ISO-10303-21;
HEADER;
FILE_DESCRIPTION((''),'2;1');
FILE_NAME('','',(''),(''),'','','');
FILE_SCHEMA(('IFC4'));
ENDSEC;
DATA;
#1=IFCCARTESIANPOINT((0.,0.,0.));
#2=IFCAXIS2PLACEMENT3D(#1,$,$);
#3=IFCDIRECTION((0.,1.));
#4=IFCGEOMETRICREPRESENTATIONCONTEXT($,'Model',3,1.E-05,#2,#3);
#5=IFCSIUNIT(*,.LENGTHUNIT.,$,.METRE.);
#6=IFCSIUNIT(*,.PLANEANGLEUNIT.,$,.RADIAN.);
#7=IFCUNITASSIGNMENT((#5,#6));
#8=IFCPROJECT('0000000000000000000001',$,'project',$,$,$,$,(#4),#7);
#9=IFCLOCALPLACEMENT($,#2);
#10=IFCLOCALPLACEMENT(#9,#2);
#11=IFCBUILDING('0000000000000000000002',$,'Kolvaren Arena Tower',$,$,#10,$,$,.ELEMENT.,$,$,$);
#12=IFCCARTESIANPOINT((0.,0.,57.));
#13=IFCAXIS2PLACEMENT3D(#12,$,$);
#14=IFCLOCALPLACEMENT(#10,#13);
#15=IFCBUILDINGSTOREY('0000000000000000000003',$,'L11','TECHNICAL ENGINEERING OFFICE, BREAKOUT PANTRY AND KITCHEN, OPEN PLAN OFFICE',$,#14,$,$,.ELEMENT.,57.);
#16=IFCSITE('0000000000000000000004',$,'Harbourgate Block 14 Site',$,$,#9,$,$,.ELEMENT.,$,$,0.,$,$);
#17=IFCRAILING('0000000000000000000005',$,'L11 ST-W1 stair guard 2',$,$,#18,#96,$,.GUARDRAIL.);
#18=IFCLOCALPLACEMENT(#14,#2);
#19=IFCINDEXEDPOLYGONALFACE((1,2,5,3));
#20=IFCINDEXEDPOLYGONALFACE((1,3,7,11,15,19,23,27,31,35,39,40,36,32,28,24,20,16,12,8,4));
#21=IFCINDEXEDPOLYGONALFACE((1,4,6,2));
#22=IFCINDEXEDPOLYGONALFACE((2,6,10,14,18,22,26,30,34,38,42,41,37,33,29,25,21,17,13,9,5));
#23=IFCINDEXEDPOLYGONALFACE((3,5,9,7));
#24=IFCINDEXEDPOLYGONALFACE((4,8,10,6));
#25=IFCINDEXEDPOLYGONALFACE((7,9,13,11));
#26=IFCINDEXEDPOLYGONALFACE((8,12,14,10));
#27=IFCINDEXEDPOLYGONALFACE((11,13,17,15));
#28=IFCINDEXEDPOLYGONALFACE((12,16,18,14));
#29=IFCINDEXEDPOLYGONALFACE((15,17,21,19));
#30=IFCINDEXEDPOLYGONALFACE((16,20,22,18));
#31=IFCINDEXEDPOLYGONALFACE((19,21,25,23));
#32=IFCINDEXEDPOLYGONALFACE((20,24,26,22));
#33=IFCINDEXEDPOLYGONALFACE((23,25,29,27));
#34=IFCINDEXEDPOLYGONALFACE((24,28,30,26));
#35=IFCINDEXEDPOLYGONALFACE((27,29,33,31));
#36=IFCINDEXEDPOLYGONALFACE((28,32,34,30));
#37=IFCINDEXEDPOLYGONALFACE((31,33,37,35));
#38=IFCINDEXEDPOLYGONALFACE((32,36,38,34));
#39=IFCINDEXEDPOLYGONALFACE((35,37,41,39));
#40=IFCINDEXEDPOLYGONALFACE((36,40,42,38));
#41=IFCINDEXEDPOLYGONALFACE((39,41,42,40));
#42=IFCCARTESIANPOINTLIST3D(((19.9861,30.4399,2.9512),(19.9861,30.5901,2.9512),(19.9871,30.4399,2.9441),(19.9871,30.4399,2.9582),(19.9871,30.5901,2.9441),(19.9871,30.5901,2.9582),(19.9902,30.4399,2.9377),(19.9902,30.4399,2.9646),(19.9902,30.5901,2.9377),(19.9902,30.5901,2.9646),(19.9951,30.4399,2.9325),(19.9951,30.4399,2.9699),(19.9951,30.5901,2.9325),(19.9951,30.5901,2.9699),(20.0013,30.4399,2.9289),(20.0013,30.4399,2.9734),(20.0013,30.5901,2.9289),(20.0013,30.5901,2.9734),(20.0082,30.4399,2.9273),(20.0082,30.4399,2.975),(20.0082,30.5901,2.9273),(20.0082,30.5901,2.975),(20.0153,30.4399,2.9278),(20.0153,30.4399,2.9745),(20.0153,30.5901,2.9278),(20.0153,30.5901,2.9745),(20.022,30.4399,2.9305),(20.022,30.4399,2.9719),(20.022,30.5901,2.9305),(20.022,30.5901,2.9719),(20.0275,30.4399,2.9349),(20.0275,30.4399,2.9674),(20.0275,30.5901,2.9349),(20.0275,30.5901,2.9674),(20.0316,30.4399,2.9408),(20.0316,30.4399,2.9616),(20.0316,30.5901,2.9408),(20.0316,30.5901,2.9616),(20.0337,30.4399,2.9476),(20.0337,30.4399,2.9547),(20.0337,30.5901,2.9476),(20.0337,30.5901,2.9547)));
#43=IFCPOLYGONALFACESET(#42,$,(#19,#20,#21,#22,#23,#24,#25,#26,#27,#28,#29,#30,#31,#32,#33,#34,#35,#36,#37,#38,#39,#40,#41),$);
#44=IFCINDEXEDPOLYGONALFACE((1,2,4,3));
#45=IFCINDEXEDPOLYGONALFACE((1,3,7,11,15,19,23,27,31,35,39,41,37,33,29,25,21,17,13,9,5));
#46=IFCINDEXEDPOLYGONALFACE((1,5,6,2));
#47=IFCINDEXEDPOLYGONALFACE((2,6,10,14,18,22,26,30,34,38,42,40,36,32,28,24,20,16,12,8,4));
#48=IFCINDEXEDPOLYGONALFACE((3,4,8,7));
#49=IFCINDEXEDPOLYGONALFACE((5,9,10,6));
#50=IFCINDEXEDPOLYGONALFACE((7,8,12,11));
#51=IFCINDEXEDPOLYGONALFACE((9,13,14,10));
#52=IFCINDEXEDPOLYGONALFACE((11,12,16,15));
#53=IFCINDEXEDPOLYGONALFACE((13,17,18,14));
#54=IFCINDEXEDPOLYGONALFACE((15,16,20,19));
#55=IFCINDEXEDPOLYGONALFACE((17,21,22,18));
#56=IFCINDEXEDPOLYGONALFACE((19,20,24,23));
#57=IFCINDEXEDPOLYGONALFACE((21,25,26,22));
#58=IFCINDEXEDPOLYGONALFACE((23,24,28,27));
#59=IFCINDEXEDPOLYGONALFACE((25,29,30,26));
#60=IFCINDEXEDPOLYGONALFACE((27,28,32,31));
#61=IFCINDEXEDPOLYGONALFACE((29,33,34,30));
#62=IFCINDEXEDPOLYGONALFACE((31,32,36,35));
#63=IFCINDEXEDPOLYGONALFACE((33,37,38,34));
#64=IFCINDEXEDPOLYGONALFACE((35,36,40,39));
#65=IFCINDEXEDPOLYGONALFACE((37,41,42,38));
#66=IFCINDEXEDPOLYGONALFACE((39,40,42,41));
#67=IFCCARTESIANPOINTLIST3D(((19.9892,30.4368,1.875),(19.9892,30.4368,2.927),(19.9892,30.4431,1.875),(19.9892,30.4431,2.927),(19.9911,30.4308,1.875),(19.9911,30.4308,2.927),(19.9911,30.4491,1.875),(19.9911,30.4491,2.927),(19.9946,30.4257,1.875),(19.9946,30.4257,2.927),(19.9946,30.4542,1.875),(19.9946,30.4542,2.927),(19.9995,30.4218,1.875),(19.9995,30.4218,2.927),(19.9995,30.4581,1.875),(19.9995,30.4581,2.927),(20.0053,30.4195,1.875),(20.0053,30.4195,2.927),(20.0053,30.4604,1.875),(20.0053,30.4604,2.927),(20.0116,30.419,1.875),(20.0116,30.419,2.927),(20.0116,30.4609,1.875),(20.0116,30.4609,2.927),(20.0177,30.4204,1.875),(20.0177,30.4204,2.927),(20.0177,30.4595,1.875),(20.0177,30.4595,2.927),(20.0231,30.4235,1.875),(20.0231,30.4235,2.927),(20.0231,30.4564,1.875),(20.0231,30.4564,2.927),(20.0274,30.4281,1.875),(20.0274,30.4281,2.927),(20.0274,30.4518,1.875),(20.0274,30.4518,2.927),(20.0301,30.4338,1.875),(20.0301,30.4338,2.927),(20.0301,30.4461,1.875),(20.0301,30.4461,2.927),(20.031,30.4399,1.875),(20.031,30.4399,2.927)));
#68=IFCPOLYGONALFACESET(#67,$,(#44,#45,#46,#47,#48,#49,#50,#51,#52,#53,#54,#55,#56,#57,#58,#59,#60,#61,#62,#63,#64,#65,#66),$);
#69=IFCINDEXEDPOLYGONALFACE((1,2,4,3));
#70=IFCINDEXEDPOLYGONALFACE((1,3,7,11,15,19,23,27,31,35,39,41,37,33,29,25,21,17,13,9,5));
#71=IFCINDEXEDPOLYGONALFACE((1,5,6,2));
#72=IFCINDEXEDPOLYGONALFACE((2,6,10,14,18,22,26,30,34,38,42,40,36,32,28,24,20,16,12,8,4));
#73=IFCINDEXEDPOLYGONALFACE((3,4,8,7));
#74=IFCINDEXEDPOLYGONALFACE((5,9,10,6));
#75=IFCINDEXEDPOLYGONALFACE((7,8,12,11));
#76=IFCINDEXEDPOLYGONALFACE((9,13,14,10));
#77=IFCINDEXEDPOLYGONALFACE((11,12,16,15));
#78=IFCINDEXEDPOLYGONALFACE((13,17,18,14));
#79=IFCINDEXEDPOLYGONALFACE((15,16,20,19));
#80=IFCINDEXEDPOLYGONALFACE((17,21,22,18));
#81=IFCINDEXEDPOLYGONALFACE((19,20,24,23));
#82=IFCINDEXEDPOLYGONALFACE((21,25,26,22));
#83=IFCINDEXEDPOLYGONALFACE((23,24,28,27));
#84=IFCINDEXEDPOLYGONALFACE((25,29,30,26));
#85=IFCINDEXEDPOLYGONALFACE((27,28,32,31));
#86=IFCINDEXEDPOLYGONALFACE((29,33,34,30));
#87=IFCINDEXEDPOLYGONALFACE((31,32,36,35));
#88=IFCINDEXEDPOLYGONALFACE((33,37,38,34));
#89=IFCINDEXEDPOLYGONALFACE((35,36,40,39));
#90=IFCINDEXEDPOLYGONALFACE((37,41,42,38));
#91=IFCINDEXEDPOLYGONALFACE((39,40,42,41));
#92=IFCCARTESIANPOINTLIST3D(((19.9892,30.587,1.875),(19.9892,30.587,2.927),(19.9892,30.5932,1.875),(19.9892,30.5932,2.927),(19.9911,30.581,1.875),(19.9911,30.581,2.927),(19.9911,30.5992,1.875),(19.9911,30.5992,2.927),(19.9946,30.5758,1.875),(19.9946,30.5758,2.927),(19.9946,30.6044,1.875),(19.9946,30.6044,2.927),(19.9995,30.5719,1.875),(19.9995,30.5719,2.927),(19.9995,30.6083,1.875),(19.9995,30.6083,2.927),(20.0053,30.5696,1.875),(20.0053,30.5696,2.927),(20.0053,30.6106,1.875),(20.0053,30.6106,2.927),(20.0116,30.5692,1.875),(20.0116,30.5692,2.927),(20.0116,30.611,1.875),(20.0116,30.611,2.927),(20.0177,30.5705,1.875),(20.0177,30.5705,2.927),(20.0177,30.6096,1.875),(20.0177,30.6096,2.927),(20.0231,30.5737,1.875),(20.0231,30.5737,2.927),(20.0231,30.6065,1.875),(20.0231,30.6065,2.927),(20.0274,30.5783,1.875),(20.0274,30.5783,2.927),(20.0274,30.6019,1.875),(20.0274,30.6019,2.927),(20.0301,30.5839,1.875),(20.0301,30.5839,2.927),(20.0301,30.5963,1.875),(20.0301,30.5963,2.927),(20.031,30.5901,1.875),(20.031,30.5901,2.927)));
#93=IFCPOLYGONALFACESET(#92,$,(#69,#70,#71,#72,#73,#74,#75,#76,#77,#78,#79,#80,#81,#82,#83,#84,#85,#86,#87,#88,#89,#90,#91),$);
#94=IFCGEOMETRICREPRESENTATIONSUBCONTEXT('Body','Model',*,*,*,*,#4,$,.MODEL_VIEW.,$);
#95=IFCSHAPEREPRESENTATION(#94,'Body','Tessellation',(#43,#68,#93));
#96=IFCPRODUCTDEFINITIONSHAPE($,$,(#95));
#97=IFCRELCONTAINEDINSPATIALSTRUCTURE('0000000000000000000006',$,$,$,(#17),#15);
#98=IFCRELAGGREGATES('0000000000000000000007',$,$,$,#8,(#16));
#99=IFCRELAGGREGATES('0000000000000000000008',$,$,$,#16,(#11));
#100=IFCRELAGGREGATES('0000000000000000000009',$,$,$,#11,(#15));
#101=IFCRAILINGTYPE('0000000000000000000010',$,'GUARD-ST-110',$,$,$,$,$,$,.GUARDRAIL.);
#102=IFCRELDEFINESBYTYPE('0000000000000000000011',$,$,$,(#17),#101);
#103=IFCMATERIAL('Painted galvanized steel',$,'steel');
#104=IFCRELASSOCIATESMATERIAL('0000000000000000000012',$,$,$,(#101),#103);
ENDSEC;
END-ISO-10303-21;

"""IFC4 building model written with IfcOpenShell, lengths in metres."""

from ifc_helpers import new_model, si_unit, direction, frame, origin, origin_2d, place, context, subcontext, project, spatial, circle, extrude, material, type_object, element, save


model = new_model("IFC4")

# Units and contexts
model_context = context("Model", 3, precision=1e-05, world=origin(), true_north=direction((0.0, 1.0)))
body_context = subcontext(model_context, "Body", "Model", "MODEL_VIEW")
ifc_project = project(units=[si_unit("LENGTHUNIT", "METRE"), si_unit("PLANEANGLEUNIT", "RADIAN")], contexts=[model_context])

# Site, building, storey
site_placement = place(None, origin())
site = spatial("IfcSite", under=ifc_project, at=site_placement, Name="Harbourgate Block 14 Site", CompositionType="ELEMENT", RefElevation=0.0)
building_placement = place(site_placement, origin())
building = spatial("IfcBuilding", under=site, at=building_placement, Name="Kolvaren Arena Tower", CompositionType="ELEMENT")
storey_placement = place(building_placement, frame((0.0, 0.0, 57.0)))
storey = spatial("IfcBuildingStorey", under=building, at=storey_placement, Name="L11", Description="TECHNICAL ENGINEERING OFFICE, BREAKOUT PANTRY AND KITCHEN, OPEN PLAN OFFICE", CompositionType="ELEMENT", Elevation=57.0)

# Railing
ifc_material_1 = material(Name="Painted galvanized steel", Category="steel")
railing_type = type_object("IfcRailingType", Name="GUARD-ST-110", PredefinedType="GUARDRAIL", material=ifc_material_1)
railing_1_placement = place(storey_placement, frame((20.01, 30.4399, 1.875)))
element("IfcRailing", 1, at=railing_1_placement, inside=storey, type_object=railing_type, Name="L11 ST-W1 stair guard 2", PredefinedType="GUARDRAIL", context=body_context, shape_type="SweptSolid", body=[
    extrude(circle(Radius=0.0239, at=origin_2d()), frame((0.0, 0.0, 1.0762), z_axis=(0.0, 1.0, 0.0), x_axis=(-1.0, 0.0, 0.0)), (0.0, 0.0, 1.0), 0.1501),
    extrude(circle(Radius=0.021, at=origin_2d()), origin(), (0.0, 0.0, 1.0), 1.052),
    extrude(circle(Radius=0.021, at=origin_2d()), frame((0.0, 0.1501, 0.0)), (0.0, 0.0, 1.0), 1.052),
])

save(model, "model.ifc")
